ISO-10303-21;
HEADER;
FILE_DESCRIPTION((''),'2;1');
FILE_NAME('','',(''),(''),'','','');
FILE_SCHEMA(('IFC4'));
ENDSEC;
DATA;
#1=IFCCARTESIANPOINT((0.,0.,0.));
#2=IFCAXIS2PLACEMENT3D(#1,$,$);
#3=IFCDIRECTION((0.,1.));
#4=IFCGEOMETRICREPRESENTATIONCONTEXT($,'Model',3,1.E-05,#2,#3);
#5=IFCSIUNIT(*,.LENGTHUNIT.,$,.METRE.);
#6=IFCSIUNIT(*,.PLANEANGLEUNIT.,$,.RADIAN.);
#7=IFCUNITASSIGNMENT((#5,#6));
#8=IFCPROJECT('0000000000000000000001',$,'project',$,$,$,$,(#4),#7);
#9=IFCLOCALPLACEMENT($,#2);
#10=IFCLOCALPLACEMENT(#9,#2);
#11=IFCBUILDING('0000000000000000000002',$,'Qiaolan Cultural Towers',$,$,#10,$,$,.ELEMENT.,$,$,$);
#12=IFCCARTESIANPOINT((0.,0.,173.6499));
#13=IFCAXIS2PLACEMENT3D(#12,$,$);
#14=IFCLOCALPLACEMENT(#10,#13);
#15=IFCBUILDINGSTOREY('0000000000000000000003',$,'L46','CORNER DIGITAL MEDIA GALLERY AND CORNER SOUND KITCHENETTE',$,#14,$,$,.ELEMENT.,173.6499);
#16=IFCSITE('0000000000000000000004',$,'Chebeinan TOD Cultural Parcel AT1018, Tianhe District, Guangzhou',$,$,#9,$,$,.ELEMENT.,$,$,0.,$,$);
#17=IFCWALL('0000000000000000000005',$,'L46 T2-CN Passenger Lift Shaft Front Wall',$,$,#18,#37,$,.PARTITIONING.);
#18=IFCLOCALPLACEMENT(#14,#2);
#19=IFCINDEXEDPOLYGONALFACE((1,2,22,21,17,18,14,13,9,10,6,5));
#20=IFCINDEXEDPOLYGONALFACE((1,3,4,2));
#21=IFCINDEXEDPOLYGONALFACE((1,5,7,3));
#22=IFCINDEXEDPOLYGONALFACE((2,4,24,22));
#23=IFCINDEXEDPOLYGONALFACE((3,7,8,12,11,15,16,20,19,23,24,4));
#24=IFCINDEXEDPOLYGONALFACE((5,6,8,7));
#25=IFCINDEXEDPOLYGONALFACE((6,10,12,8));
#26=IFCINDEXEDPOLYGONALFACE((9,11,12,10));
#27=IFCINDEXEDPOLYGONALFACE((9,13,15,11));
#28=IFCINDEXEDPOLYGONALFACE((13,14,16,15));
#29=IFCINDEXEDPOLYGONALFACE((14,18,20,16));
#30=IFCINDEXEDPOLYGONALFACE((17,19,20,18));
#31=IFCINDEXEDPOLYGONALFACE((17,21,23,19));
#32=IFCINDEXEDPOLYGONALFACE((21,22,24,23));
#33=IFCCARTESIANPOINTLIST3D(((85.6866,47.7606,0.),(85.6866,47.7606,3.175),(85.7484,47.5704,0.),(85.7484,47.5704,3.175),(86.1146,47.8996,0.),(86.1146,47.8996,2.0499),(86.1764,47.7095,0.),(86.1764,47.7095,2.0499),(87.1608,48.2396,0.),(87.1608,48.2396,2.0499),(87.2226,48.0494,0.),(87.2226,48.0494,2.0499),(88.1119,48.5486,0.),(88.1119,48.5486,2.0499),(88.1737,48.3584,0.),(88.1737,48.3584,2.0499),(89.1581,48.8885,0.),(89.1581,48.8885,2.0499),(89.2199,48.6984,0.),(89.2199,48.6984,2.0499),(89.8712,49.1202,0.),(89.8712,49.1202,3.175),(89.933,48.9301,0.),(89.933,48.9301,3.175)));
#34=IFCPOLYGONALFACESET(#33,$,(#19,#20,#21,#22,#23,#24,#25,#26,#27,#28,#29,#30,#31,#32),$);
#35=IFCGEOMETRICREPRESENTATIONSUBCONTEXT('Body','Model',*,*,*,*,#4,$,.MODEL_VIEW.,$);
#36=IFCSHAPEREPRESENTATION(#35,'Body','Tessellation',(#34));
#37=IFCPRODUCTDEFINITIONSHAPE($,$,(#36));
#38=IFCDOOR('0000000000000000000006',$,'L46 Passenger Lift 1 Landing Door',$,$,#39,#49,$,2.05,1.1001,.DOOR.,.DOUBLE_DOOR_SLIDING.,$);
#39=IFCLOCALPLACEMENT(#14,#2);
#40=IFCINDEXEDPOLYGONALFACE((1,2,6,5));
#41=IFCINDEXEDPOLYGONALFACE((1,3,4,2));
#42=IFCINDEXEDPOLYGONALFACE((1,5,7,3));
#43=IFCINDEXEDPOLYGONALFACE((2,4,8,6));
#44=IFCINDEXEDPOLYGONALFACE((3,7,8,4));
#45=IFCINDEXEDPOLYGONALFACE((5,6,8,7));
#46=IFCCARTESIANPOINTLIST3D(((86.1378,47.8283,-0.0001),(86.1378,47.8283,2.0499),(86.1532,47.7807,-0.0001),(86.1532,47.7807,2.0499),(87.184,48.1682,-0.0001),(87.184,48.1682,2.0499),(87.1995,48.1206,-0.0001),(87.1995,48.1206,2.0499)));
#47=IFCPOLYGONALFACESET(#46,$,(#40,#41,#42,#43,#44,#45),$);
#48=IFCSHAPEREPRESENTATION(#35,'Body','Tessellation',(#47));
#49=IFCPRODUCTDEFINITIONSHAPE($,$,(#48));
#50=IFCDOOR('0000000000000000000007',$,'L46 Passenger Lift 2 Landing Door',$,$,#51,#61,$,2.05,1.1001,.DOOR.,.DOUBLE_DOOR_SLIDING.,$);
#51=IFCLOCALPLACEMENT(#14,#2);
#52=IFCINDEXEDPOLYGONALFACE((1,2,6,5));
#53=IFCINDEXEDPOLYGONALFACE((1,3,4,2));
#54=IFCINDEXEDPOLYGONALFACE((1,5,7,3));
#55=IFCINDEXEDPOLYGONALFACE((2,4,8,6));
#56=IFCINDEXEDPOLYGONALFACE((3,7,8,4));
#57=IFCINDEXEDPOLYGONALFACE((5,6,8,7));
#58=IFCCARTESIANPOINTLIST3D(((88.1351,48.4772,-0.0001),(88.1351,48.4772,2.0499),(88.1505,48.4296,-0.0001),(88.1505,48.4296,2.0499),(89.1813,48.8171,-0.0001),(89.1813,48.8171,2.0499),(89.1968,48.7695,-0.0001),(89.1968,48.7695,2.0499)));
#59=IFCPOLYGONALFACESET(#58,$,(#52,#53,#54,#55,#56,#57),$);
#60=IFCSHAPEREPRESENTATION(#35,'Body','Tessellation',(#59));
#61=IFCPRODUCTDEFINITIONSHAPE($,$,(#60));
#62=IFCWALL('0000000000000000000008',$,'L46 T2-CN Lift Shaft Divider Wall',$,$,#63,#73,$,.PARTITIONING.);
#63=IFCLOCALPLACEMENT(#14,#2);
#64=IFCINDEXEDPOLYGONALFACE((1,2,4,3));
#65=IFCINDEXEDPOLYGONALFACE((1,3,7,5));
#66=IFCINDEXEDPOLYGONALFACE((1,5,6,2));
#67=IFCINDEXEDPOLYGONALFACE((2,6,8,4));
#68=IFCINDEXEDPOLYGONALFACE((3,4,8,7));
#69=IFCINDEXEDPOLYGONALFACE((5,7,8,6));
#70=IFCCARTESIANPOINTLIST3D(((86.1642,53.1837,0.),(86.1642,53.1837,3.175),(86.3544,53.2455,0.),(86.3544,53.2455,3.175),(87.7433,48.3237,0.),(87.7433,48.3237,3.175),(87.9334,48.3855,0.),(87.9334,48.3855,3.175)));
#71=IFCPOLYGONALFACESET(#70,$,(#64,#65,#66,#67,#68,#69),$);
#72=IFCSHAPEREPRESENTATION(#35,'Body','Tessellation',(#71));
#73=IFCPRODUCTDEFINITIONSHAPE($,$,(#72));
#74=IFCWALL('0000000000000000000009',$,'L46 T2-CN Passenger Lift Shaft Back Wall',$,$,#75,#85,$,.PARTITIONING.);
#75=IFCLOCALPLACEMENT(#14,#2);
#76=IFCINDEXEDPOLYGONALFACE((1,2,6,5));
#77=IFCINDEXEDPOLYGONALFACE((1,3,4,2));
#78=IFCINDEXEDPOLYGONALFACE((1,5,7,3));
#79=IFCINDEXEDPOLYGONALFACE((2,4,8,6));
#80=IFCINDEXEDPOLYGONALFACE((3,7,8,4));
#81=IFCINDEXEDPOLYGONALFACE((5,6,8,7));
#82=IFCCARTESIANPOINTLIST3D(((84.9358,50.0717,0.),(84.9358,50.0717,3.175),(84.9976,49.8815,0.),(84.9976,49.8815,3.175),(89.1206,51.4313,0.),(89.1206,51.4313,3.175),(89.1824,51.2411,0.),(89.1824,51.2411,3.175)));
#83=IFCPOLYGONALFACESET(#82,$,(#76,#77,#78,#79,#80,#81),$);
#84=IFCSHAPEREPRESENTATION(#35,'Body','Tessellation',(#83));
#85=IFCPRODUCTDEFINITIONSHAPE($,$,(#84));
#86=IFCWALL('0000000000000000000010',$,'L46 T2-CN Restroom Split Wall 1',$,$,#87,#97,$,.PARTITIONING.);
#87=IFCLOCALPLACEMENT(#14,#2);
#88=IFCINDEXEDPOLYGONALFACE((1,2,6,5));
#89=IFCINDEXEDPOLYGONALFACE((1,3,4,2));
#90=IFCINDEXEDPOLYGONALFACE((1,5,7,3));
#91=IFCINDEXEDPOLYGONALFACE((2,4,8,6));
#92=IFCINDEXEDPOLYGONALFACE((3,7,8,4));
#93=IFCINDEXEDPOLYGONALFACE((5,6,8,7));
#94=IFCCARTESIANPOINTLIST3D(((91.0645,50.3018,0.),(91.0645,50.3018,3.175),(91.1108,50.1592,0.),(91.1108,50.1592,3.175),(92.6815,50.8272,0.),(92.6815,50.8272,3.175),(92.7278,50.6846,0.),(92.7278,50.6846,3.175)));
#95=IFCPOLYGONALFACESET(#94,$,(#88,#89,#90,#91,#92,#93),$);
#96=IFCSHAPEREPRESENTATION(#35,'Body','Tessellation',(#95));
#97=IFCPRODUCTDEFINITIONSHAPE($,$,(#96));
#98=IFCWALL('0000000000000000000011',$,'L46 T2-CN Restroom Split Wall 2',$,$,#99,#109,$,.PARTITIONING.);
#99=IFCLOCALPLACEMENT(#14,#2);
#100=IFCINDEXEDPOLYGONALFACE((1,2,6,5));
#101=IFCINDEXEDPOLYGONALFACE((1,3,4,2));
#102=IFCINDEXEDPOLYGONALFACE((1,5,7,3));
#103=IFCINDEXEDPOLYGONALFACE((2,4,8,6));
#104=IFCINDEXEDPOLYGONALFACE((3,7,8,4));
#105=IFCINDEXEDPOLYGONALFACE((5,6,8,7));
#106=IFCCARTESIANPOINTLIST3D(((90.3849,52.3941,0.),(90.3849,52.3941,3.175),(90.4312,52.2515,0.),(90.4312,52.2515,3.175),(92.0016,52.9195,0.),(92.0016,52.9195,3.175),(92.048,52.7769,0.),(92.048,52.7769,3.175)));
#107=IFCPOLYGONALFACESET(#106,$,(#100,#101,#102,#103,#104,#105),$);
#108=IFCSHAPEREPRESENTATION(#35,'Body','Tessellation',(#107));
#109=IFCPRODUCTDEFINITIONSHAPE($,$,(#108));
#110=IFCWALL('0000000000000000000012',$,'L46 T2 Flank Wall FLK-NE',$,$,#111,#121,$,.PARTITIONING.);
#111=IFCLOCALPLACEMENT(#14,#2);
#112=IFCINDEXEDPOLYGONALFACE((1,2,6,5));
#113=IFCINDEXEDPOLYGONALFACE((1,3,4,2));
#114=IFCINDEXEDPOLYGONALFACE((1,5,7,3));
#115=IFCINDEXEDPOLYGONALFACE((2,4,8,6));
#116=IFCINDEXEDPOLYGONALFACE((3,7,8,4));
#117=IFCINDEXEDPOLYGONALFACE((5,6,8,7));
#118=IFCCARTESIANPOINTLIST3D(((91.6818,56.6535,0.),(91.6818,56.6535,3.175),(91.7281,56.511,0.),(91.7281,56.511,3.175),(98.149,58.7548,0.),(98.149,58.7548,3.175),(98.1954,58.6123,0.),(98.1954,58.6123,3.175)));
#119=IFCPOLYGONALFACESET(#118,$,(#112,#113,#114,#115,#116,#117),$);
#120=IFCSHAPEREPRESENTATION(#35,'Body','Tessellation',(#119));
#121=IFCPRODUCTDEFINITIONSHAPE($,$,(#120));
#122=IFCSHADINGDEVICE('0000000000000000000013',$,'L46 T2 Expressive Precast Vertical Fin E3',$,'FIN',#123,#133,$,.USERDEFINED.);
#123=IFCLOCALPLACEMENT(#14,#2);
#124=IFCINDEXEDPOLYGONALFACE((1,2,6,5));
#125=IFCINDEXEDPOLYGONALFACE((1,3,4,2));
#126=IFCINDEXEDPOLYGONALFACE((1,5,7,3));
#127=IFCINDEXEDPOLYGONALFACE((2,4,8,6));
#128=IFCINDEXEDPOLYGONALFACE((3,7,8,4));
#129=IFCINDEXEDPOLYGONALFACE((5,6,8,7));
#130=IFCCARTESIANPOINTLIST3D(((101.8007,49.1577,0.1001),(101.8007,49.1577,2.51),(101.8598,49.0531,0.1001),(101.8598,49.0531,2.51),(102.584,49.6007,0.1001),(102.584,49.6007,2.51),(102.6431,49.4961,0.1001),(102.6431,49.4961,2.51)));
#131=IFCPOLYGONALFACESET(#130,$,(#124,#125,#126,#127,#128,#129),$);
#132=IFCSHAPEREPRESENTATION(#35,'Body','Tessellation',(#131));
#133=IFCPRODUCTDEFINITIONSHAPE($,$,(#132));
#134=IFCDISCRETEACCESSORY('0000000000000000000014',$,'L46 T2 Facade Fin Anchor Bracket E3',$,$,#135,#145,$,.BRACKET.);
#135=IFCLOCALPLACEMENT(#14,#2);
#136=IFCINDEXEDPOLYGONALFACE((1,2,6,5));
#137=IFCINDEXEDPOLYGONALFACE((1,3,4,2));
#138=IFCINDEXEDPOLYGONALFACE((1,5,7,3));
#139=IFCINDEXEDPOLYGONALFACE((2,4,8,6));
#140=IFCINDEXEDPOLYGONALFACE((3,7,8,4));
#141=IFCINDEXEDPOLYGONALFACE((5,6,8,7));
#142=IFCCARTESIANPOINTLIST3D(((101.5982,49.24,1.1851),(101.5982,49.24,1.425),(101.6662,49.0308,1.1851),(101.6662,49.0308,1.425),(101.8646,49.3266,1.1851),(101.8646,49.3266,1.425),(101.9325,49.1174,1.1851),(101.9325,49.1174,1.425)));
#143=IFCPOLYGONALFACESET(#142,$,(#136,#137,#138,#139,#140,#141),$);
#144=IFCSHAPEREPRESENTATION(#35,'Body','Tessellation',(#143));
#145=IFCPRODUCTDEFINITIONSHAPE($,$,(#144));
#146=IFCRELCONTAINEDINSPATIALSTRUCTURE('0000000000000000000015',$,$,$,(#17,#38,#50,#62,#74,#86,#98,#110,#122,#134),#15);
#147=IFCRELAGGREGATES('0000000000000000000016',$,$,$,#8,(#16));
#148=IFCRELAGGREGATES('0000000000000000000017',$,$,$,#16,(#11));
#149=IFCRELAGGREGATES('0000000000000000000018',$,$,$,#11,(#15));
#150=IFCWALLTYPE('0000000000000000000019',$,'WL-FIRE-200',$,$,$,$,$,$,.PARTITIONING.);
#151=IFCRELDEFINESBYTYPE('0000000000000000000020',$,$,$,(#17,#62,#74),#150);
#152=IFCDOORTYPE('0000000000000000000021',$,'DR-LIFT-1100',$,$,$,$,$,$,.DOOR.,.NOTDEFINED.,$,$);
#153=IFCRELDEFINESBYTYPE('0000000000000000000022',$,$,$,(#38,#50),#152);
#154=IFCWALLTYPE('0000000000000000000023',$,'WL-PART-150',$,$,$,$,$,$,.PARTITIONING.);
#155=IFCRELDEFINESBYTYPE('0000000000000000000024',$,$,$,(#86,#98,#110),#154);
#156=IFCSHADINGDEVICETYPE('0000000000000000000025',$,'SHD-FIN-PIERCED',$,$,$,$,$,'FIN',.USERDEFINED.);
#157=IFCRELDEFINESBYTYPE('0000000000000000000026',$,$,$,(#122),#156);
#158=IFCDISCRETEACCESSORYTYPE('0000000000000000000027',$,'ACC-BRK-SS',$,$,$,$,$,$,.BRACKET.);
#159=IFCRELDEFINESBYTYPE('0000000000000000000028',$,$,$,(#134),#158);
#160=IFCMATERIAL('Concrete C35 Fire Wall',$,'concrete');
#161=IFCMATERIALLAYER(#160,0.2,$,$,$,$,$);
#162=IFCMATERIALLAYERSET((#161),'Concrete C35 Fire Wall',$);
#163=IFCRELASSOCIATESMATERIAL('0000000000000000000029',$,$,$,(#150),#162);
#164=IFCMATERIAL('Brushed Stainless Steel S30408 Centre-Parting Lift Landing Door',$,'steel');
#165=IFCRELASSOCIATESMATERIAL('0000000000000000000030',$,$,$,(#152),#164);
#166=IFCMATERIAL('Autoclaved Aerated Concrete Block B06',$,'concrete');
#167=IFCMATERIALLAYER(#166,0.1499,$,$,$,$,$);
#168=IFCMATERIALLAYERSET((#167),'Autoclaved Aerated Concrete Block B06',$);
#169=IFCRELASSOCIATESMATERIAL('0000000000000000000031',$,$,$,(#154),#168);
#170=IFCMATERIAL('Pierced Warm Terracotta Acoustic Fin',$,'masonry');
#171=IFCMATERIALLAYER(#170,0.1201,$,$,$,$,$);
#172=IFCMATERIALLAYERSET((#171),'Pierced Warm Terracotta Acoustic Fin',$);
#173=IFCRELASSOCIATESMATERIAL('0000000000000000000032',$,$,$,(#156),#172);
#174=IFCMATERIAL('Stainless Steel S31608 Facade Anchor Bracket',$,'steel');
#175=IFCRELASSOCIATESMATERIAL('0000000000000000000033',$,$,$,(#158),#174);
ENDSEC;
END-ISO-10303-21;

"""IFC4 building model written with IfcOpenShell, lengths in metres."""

from ifc_helpers import new_model, si_unit, direction, frame, frame_2d, origin, origin_2d, place, context, subcontext, project, spatial, rectangle, extrude, material, layer, layer_set, type_object, element, fill, save


model = new_model("IFC4")

# Units and contexts
model_context = context("Model", 3, precision=1e-05, world=origin(), true_north=direction((0.0, 1.0)))
body_context = subcontext(model_context, "Body", "Model", "MODEL_VIEW")
ifc_project = project(units=[si_unit("LENGTHUNIT", "METRE"), si_unit("PLANEANGLEUNIT", "RADIAN")], contexts=[model_context])

# Site, building, storey
site_placement = place(None, origin())
site = spatial("IfcSite", under=ifc_project, at=site_placement, Name="Chebeinan TOD Cultural Parcel AT1018, Tianhe District, Guangzhou", CompositionType="ELEMENT", RefElevation=0.0)
building_placement = place(site_placement, origin())
building = spatial("IfcBuilding", under=site, at=building_placement, Name="Qiaolan Cultural Towers", CompositionType="ELEMENT")
storey_placement = place(building_placement, frame((0.0, 0.0, 173.6499)))
storey = spatial("IfcBuildingStorey", under=building, at=storey_placement, Name="L46", Description="CORNER DIGITAL MEDIA GALLERY AND CORNER SOUND KITCHENETTE", CompositionType="ELEMENT", Elevation=173.6499)

# Wall, openings, doors
ifc_material_1 = material(Name="Concrete C35 Fire Wall", Category="concrete")
ifc_layer_1 = layer(ifc_material_1, 0.2)
ifc_layer_set_1 = layer_set([ifc_layer_1], Name="Concrete C35 Fire Wall")
wall_type_1 = type_object("IfcWallType", Name="WL-FIRE-200", PredefinedType="PARTITIONING", material=ifc_layer_set_1)
wall_1_placement = place(storey_placement, frame((85.7175, 47.6655, 0.0), z_axis=(0.0, 0.0, 1.0), x_axis=(0.951059, 0.309011, 0.0)))
wall_1 = element("IfcWall", 1, at=wall_1_placement, inside=storey, type_object=wall_type_1, Name="L46 T2-CN Passenger Lift Shaft Front Wall", PredefinedType="PARTITIONING", context=body_context, shape_type="SweptSolid", body=[
    extrude(rectangle(XDim=4.3999, YDim=0.2, at=frame_2d((2.2, 0.0))), origin(), (0.0, 0.0, 1.0), 3.175),
])
opening_1_placement = place(wall_1_placement, frame((0.45, 0.0, 0.0)))
opening_1 = element("IfcOpeningElement", 2, at=opening_1_placement, cuts=wall_1, PredefinedType="OPENING", context=body_context, shape_type="SweptSolid", body=[
    extrude(rectangle(XDim=1.1001, YDim=2.05, at=frame_2d((0.55, 1.0249))), frame((0.0, 0.1099, 0.0), z_axis=(0.0, -1.0, 0.0), x_axis=(1.0, 0.0, 0.0)), (0.0, 0.0, 1.0), 0.22),
])
opening_2_placement = place(wall_1_placement, frame((2.55, 0.0, 0.0)))
opening_2 = element("IfcOpeningElement", 3, at=opening_2_placement, cuts=wall_1, PredefinedType="OPENING", context=body_context, shape_type="SweptSolid", body=[
    extrude(rectangle(XDim=1.1001, YDim=2.05, at=frame_2d((0.55, 1.0249))), frame((0.0, 0.1099, 0.0), z_axis=(0.0, -1.0, 0.0), x_axis=(1.0, 0.0, 0.0)), (0.0, 0.0, 1.0), 0.22),
])
ifc_material_2 = material(Name="Brushed Stainless Steel S30408 Centre-Parting Lift Landing Door", Category="steel")
door_type_1 = type_object("IfcDoorType", Name="DR-LIFT-1100", OperationType="NOTDEFINED", PredefinedType="DOOR", material=ifc_material_2)
door_1_placement = place(opening_1_placement, origin())
door_1 = element("IfcDoor", 4, at=door_1_placement, inside=storey, type_object=door_type_1, Name="L46 Passenger Lift 1 Landing Door", OperationType="DOUBLE_DOOR_SLIDING", OverallHeight=2.05, OverallWidth=1.1001, PredefinedType="DOOR", context=body_context, shape_type="SweptSolid", body=[
    extrude(rectangle(XDim=1.1001, YDim=2.05, at=frame_2d((0.55, 1.0249))), frame((0.0, 0.0249, 0.0), z_axis=(0.0, -1.0, 0.0), x_axis=(1.0, 0.0, 0.0)), (0.0, 0.0, 1.0), 0.05),
])
fill(opening_1, door_1)
door_2_placement = place(opening_2_placement, origin())
door_2 = element("IfcDoor", 5, at=door_2_placement, inside=storey, type_object=door_type_1, Name="L46 Passenger Lift 2 Landing Door", OperationType="DOUBLE_DOOR_SLIDING", OverallHeight=2.05, OverallWidth=1.1001, PredefinedType="DOOR", context=body_context, shape_type="SweptSolid", body=[
    extrude(rectangle(XDim=1.1001, YDim=2.05, at=frame_2d((0.55, 1.0249))), frame((0.0, 0.0249, 0.0), z_axis=(0.0, -1.0, 0.0), x_axis=(1.0, 0.0, 0.0)), (0.0, 0.0, 1.0), 0.05),
])
fill(opening_2, door_2)

# Walls
wall_2_placement = place(storey_placement, frame((87.8384, 48.3545, 0.0), z_axis=(0.0, 0.0, 1.0), x_axis=(-0.309009, 0.951059, 0.0)))
element("IfcWall", 6, at=wall_2_placement, inside=storey, type_object=wall_type_1, Name="L46 T2-CN Lift Shaft Divider Wall", PredefinedType="PARTITIONING", context=body_context, shape_type="SweptSolid", body=[
    extrude(rectangle(XDim=5.1101, YDim=0.2, at=frame_2d((2.5552, 0.0))), origin(), (0.0, 0.0, 1.0), 3.175),
])
wall_3_placement = place(storey_placement, frame((84.9666, 49.9766, 0.0), z_axis=(0.0, 0.0, 1.0), x_axis=(0.951064, 0.308994, 0.0)))
element("IfcWall", 7, at=wall_3_placement, inside=storey, type_object=wall_type_1, Name="L46 T2-CN Passenger Lift Shaft Back Wall", PredefinedType="PARTITIONING", context=body_context, shape_type="SweptSolid", body=[
    extrude(rectangle(XDim=4.4001, YDim=0.2, at=frame_2d((2.2002, 0.0))), origin(), (0.0, 0.0, 1.0), 3.175),
])
ifc_material_3 = material(Name="Autoclaved Aerated Concrete Block B06", Category="concrete")
ifc_layer_2 = layer(ifc_material_3, 0.1499)
ifc_layer_set_2 = layer_set([ifc_layer_2], Name="Autoclaved Aerated Concrete Block B06")
wall_type_2 = type_object("IfcWallType", Name="WL-PART-150", PredefinedType="PARTITIONING", material=ifc_layer_set_2)
wall_4_placement = place(storey_placement, frame((91.0876, 50.2305, 0.0), z_axis=(0.0, 0.0, 1.0), x_axis=(0.951054, 0.309024, 0.0)))
element("IfcWall", 8, at=wall_4_placement, inside=storey, type_object=wall_type_2, Name="L46 T2-CN Restroom Split Wall 1", PredefinedType="PARTITIONING", context=body_context, shape_type="SweptSolid", body=[
    extrude(rectangle(XDim=1.7002, YDim=0.1499, at=frame_2d((0.8501, 0.0))), origin(), (0.0, 0.0, 1.0), 3.175),
])
wall_5_placement = place(storey_placement, frame((90.408, 52.3228, 0.0), z_axis=(0.0, 0.0, 1.0), x_axis=(0.95104, 0.309067, 0.0)))
element("IfcWall", 9, at=wall_5_placement, inside=storey, type_object=wall_type_2, Name="L46 T2-CN Restroom Split Wall 2", PredefinedType="PARTITIONING", context=body_context, shape_type="SweptSolid", body=[
    extrude(rectangle(XDim=1.7, YDim=0.1499, at=frame_2d((0.8501, 0.0))), origin(), (0.0, 0.0, 1.0), 3.175),
])
wall_6_placement = place(storey_placement, frame((91.7051, 56.5823, 0.0), z_axis=(0.0, 0.0, 1.0), x_axis=(0.951058, 0.309013, 0.0)))
element("IfcWall", 10, at=wall_6_placement, inside=storey, type_object=wall_type_2, Name="L46 T2 Flank Wall FLK-NE", PredefinedType="PARTITIONING", context=body_context, shape_type="SweptSolid", body=[
    extrude(rectangle(XDim=6.8, YDim=0.1499, at=frame_2d((3.3999, 0.0))), origin(), (0.0, 0.0, 1.0), 3.175),
])

# Shading device
ifc_material_4 = material(Name="Pierced Warm Terracotta Acoustic Fin", Category="masonry")
ifc_layer_3 = layer(ifc_material_4, 0.1201)
ifc_layer_set_3 = layer_set([ifc_layer_3], Name="Pierced Warm Terracotta Acoustic Fin")
shading_device_type = type_object("IfcShadingDeviceType", Name="SHD-FIN-PIERCED", ElementType="FIN", PredefinedType="USERDEFINED", material=ifc_layer_set_3)
shading_device_placement = place(storey_placement, frame((102.2219, 49.3269, 0.1001), z_axis=(0.0, 0.0, 1.0), x_axis=(0.870436, 0.492282, 0.0)))
element("IfcShadingDevice", 11, at=shading_device_placement, inside=storey, type_object=shading_device_type, Name="L46 T2 Expressive Precast Vertical Fin E3", ObjectType="FIN", PredefinedType="USERDEFINED", context=body_context, shape_type="SweptSolid", body=[
    extrude(rectangle(XDim=0.8999, YDim=0.1201, at=origin_2d()), origin(), (0.0, 0.0, 1.0), 2.4099),
])

# Discrete accessory
ifc_material_5 = material(Name="Stainless Steel S31608 Facade Anchor Bracket", Category="steel")
discrete_accessory_type = type_object("IfcDiscreteAccessoryType", Name="ACC-BRK-SS", PredefinedType="BRACKET", material=ifc_material_5)
discrete_accessory_placement = place(storey_placement, frame((101.7654, 49.1787, 1.1851), z_axis=(0.0, 0.0, 1.0), x_axis=(0.951057, 0.309017, 0.0)))
element("IfcDiscreteAccessory", 12, at=discrete_accessory_placement, inside=storey, type_object=discrete_accessory_type, Name="L46 T2 Facade Fin Anchor Bracket E3", PredefinedType="BRACKET", context=body_context, shape_type="SweptSolid", body=[
    extrude(rectangle(XDim=0.28, YDim=0.22, at=origin_2d()), origin(), (0.0, 0.0, 1.0), 0.24),
])

save(model, "model.ifc")
